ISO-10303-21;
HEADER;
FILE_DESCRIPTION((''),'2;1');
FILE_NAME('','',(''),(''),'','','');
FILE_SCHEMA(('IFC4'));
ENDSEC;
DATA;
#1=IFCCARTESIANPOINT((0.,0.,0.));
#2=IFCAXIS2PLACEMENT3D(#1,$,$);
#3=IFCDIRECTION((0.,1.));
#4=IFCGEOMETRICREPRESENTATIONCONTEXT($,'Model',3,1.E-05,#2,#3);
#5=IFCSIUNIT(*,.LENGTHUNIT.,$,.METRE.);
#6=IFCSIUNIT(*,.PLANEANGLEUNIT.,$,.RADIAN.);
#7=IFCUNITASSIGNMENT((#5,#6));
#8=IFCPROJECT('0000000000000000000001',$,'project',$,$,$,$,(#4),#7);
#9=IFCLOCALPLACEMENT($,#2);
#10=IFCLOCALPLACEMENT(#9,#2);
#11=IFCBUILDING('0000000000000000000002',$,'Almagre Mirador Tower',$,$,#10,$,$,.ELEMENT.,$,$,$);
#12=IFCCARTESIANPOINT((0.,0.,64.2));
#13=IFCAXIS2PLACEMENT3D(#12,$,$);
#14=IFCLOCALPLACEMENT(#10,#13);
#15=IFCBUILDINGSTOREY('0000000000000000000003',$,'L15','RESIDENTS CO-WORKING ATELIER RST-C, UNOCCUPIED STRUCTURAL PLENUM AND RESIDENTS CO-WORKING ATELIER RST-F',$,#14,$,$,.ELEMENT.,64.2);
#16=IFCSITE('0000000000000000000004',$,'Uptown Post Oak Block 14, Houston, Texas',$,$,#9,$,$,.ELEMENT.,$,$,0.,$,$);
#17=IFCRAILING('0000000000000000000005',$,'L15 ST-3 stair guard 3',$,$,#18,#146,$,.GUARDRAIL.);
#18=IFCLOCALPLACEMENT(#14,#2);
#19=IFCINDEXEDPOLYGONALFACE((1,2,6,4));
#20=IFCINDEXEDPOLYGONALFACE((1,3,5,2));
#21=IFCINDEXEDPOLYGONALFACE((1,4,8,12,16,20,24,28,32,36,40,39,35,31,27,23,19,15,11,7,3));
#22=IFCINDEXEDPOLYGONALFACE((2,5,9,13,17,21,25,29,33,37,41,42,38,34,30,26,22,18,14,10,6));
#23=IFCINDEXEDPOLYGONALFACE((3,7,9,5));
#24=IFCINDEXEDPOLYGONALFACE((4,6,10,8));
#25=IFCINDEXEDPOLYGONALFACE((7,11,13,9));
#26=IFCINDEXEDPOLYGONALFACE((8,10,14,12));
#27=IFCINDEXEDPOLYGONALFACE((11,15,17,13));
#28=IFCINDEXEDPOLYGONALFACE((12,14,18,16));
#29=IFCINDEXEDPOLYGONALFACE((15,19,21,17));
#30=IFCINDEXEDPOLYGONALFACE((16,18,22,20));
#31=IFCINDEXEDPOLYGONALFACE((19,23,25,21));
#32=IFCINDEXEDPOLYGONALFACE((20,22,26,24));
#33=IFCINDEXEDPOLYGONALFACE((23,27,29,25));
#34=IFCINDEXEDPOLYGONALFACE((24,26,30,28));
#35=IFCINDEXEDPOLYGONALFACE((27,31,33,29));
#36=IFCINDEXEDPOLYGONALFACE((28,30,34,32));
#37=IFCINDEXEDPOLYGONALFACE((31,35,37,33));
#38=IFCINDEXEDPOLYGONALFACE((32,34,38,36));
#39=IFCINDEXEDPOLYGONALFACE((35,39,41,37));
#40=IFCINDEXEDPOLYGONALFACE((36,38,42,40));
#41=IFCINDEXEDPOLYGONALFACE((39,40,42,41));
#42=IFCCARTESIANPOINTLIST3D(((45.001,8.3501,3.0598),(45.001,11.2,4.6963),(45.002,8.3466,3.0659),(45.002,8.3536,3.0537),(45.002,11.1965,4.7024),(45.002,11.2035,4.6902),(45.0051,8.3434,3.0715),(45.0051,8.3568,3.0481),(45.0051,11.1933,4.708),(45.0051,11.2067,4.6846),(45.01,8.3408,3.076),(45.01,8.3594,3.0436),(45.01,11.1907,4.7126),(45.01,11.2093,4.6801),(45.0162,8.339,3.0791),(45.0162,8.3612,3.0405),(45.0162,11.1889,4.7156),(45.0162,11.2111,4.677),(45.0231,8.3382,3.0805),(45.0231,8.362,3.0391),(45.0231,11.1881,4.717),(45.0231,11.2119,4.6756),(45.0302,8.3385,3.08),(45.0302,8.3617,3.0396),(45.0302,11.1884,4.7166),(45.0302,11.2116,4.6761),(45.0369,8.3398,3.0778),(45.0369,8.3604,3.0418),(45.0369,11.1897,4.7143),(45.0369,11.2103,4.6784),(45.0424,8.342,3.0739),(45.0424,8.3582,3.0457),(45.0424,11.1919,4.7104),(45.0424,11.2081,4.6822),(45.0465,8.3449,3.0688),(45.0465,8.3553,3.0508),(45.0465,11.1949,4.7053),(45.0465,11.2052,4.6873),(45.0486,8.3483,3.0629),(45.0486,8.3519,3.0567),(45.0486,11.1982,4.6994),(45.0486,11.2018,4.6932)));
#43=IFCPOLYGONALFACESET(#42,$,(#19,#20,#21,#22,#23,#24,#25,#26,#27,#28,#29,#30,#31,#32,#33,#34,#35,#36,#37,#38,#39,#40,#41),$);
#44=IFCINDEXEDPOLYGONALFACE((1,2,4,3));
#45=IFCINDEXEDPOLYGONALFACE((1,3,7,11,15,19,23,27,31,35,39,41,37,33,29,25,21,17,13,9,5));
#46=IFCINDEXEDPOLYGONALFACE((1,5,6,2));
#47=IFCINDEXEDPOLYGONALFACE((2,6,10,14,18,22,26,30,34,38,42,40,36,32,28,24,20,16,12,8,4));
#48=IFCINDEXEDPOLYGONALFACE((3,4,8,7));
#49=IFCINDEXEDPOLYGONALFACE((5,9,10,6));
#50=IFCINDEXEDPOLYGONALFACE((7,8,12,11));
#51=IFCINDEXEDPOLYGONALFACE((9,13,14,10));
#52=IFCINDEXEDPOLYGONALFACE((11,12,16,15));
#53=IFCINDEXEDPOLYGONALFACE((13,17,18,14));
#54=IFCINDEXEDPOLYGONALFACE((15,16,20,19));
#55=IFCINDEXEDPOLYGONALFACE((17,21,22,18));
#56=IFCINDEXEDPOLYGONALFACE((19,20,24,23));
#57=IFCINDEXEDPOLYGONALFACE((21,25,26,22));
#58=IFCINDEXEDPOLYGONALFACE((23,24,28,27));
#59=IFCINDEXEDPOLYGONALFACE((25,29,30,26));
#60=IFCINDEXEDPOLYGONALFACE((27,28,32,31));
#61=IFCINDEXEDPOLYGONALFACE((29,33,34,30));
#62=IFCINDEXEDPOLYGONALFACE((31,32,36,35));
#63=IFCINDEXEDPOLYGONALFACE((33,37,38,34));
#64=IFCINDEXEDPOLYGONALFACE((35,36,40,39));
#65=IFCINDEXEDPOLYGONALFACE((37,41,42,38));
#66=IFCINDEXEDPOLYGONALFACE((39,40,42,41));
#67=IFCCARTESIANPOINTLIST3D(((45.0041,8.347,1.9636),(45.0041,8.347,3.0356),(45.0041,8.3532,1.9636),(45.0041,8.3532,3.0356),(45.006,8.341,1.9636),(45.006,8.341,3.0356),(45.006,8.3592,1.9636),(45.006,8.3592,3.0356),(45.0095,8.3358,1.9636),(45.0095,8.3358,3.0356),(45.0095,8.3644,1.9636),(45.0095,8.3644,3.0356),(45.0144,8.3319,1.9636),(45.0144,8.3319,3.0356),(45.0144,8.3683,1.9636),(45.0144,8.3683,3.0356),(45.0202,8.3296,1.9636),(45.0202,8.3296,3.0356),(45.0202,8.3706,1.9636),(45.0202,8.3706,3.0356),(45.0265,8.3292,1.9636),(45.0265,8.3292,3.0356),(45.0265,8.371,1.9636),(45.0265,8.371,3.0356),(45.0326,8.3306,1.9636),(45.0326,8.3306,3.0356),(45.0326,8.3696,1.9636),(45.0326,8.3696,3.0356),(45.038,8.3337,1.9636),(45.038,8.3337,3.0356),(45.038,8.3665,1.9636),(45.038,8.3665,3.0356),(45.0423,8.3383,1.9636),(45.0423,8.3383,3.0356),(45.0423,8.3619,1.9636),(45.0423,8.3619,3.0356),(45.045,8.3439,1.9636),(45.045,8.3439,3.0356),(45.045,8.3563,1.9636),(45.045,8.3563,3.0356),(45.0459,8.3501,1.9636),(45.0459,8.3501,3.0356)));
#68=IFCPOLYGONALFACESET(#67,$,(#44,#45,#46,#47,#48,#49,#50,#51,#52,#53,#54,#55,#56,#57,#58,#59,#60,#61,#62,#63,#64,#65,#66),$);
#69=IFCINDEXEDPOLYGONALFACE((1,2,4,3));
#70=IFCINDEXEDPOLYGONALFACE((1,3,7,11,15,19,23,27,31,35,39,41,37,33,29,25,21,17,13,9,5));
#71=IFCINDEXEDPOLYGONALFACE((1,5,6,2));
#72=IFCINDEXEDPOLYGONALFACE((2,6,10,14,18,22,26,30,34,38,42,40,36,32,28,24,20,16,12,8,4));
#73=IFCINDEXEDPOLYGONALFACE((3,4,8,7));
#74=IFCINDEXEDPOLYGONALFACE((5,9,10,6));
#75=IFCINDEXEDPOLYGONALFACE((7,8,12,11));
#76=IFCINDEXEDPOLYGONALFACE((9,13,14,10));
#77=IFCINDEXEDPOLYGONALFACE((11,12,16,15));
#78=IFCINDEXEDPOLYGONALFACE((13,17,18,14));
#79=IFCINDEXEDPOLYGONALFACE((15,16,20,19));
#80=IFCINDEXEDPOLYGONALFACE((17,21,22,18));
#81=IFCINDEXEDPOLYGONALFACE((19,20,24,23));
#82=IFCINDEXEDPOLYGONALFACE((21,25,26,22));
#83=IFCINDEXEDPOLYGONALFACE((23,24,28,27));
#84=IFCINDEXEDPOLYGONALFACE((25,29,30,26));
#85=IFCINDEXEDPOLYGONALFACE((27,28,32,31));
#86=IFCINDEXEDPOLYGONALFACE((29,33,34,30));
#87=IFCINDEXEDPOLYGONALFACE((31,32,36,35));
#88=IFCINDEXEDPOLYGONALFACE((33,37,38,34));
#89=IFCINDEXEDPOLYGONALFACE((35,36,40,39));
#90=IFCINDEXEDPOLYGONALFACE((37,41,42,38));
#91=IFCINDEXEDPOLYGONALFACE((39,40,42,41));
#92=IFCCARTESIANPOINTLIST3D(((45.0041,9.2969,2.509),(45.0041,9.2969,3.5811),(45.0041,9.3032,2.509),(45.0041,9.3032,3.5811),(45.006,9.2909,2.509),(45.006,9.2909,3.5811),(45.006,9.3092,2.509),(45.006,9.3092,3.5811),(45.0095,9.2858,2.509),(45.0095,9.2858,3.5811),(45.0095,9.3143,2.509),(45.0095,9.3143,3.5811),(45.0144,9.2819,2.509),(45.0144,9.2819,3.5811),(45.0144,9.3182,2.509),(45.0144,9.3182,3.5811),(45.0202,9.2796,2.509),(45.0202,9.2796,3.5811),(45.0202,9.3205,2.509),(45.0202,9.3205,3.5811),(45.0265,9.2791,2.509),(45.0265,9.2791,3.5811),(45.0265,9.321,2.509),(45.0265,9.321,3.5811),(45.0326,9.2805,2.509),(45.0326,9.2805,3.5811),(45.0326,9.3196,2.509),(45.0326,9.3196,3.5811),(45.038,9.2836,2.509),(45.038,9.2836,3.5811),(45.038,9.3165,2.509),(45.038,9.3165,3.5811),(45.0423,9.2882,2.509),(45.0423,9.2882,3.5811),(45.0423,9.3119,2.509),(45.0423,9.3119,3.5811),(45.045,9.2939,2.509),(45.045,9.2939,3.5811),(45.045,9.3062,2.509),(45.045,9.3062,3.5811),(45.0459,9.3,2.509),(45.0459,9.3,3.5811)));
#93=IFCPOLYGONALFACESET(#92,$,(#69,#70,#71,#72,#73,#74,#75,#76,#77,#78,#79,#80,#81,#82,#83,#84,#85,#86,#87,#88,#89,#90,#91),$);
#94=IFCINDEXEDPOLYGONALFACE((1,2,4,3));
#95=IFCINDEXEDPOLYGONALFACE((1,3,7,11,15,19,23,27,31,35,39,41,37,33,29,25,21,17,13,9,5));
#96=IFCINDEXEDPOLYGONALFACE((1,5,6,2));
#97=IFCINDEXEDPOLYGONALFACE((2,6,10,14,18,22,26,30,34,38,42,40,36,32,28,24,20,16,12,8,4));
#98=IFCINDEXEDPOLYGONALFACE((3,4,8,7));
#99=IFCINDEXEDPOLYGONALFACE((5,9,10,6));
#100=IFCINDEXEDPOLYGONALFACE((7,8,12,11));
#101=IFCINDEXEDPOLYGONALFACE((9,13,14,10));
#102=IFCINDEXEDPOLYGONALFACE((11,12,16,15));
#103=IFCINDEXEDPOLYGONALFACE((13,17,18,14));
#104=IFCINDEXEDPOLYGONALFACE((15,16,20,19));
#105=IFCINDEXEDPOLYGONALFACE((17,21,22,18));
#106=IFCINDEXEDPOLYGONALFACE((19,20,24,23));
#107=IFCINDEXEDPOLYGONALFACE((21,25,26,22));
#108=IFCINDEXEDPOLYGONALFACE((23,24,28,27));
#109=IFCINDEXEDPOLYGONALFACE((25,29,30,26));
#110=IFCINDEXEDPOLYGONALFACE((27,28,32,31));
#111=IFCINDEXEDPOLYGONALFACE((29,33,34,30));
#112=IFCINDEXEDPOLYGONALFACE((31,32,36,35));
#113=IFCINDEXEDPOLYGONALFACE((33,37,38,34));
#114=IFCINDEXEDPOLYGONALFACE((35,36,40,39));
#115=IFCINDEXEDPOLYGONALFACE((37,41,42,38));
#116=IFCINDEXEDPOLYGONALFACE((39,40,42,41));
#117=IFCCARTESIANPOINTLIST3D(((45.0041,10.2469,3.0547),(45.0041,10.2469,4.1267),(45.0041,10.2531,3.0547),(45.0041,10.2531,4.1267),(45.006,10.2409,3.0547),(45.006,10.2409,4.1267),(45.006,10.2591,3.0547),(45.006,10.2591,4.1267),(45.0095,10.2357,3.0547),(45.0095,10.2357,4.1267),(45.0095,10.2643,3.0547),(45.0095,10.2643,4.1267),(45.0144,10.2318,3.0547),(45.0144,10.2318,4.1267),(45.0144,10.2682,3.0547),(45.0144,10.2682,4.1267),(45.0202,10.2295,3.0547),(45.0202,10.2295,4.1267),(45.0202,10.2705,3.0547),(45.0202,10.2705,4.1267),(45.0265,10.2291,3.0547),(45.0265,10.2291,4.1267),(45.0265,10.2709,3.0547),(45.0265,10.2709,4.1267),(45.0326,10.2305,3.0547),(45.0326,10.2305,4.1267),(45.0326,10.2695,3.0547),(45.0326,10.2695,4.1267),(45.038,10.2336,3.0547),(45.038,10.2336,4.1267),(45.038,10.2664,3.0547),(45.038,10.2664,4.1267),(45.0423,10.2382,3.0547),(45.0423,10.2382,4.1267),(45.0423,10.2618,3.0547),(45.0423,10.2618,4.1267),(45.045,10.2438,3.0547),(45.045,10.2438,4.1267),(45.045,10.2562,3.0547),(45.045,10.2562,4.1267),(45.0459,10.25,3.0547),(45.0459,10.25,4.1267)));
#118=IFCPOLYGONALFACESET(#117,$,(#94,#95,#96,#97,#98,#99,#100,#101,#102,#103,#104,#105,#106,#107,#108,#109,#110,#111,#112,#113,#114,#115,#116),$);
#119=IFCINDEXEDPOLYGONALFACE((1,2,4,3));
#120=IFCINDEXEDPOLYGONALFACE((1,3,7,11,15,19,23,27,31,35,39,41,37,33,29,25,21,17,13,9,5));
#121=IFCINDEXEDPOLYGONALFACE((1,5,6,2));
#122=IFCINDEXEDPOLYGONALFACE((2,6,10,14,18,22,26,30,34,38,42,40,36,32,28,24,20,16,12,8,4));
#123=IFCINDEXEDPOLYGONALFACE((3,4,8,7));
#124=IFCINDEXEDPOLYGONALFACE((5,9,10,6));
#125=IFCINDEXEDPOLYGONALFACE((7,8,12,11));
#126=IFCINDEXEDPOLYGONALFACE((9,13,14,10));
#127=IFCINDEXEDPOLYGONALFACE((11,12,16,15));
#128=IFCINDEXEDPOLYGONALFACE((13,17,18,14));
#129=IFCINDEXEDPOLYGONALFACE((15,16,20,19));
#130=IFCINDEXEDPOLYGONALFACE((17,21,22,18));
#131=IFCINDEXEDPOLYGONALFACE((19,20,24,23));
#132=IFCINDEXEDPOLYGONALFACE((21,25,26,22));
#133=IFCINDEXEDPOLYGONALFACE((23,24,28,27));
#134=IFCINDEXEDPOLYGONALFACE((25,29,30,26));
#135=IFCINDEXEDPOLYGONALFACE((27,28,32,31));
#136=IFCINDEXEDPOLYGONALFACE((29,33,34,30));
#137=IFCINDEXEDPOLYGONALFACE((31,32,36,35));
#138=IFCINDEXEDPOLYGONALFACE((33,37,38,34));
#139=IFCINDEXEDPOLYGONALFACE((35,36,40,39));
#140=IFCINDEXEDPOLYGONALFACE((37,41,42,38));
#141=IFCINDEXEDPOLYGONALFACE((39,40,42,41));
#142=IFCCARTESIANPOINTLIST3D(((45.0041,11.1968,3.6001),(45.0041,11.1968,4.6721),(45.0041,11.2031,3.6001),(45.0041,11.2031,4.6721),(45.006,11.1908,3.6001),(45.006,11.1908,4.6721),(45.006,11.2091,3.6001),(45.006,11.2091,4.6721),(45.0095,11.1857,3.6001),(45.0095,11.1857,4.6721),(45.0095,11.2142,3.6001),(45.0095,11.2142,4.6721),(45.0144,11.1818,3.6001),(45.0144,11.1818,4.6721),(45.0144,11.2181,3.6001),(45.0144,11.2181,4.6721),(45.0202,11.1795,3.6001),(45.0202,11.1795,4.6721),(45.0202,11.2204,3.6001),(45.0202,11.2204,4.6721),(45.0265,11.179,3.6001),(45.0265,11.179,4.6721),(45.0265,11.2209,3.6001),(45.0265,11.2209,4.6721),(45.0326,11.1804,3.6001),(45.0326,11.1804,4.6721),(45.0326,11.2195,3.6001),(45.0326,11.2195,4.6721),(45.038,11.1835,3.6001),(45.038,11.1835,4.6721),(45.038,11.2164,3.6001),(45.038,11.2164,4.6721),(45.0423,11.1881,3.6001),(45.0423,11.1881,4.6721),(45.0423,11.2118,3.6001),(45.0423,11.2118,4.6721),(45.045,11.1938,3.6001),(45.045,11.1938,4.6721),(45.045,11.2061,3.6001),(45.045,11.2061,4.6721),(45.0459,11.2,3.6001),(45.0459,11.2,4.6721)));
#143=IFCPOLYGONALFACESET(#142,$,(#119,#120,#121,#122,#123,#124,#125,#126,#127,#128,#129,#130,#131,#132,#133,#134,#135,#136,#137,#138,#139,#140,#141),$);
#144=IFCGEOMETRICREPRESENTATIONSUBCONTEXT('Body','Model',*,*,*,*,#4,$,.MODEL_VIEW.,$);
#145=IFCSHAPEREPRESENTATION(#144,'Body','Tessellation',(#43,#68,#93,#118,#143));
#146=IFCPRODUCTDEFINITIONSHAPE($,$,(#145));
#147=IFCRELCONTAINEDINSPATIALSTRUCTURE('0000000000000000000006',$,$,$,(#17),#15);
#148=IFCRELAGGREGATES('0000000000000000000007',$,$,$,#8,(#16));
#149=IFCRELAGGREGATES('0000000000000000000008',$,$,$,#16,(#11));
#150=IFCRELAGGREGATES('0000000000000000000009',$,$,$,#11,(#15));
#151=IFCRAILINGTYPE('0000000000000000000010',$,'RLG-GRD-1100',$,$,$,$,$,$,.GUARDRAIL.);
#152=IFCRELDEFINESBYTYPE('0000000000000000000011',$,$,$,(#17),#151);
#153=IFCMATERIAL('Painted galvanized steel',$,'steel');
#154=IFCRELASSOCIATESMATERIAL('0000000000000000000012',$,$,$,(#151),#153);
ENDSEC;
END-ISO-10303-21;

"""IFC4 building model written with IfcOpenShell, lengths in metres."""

from ifc_helpers import new_model, si_unit, direction, frame, origin, origin_2d, place, context, subcontext, project, spatial, circle, extrude, material, type_object, element, save


model = new_model("IFC4")

# Units and contexts
model_context = context("Model", 3, precision=1e-05, world=origin(), true_north=direction((0.0, 1.0)))
body_context = subcontext(model_context, "Body", "Model", "MODEL_VIEW")
ifc_project = project(units=[si_unit("LENGTHUNIT", "METRE"), si_unit("PLANEANGLEUNIT", "RADIAN")], contexts=[model_context])

# Site, building, storey
site_placement = place(None, origin())
site = spatial("IfcSite", under=ifc_project, at=site_placement, Name="Uptown Post Oak Block 14, Houston, Texas", CompositionType="ELEMENT", RefElevation=0.0)
building_placement = place(site_placement, origin())
building = spatial("IfcBuilding", under=site, at=building_placement, Name="Almagre Mirador Tower", CompositionType="ELEMENT")
storey_placement = place(building_placement, frame((0.0, 0.0, 64.2)))
storey = spatial("IfcBuildingStorey", under=building, at=storey_placement, Name="L15", Description="RESIDENTS CO-WORKING ATELIER RST-C, UNOCCUPIED STRUCTURAL PLENUM AND RESIDENTS CO-WORKING ATELIER RST-F", CompositionType="ELEMENT", Elevation=64.2)

# Railing
ifc_material_1 = material(Name="Painted galvanized steel", Category="steel")
railing_type_1 = type_object("IfcRailingType", Name="RLG-GRD-1100", PredefinedType="GUARDRAIL", material=ifc_material_1)
railing_1_placement = place(storey_placement, frame((45.0249, 8.3501, 1.9636)))
element("IfcRailing", 1, at=railing_1_placement, inside=storey, type_object=railing_type_1, Name="L15 ST-3 stair guard 3", PredefinedType="GUARDRAIL", context=body_context, shape_type="SweptSolid", body=[
    extrude(circle(Radius=0.0239, at=origin_2d()), frame((0.0, 0.0, 1.0962), z_axis=(0.0, 0.867194, 0.49797), x_axis=(-1.0, 0.0, 0.0)), (0.0, 0.0, 1.0), 3.2864),
    extrude(circle(Radius=0.021, at=origin_2d()), origin(), (0.0, 0.0, 1.0), 1.072),
    extrude(circle(Radius=0.021, at=origin_2d()), frame((0.0, 0.95, 0.5454)), (0.0, 0.0, 1.0), 1.072),
    extrude(circle(Radius=0.021, at=origin_2d()), frame((0.0, 1.8999, 1.0911)), (0.0, 0.0, 1.0), 1.072),
    extrude(circle(Radius=0.021, at=origin_2d()), frame((0.0, 2.8499, 1.6365)), (0.0, 0.0, 1.0), 1.072),
])

save(model, "model.ifc")
